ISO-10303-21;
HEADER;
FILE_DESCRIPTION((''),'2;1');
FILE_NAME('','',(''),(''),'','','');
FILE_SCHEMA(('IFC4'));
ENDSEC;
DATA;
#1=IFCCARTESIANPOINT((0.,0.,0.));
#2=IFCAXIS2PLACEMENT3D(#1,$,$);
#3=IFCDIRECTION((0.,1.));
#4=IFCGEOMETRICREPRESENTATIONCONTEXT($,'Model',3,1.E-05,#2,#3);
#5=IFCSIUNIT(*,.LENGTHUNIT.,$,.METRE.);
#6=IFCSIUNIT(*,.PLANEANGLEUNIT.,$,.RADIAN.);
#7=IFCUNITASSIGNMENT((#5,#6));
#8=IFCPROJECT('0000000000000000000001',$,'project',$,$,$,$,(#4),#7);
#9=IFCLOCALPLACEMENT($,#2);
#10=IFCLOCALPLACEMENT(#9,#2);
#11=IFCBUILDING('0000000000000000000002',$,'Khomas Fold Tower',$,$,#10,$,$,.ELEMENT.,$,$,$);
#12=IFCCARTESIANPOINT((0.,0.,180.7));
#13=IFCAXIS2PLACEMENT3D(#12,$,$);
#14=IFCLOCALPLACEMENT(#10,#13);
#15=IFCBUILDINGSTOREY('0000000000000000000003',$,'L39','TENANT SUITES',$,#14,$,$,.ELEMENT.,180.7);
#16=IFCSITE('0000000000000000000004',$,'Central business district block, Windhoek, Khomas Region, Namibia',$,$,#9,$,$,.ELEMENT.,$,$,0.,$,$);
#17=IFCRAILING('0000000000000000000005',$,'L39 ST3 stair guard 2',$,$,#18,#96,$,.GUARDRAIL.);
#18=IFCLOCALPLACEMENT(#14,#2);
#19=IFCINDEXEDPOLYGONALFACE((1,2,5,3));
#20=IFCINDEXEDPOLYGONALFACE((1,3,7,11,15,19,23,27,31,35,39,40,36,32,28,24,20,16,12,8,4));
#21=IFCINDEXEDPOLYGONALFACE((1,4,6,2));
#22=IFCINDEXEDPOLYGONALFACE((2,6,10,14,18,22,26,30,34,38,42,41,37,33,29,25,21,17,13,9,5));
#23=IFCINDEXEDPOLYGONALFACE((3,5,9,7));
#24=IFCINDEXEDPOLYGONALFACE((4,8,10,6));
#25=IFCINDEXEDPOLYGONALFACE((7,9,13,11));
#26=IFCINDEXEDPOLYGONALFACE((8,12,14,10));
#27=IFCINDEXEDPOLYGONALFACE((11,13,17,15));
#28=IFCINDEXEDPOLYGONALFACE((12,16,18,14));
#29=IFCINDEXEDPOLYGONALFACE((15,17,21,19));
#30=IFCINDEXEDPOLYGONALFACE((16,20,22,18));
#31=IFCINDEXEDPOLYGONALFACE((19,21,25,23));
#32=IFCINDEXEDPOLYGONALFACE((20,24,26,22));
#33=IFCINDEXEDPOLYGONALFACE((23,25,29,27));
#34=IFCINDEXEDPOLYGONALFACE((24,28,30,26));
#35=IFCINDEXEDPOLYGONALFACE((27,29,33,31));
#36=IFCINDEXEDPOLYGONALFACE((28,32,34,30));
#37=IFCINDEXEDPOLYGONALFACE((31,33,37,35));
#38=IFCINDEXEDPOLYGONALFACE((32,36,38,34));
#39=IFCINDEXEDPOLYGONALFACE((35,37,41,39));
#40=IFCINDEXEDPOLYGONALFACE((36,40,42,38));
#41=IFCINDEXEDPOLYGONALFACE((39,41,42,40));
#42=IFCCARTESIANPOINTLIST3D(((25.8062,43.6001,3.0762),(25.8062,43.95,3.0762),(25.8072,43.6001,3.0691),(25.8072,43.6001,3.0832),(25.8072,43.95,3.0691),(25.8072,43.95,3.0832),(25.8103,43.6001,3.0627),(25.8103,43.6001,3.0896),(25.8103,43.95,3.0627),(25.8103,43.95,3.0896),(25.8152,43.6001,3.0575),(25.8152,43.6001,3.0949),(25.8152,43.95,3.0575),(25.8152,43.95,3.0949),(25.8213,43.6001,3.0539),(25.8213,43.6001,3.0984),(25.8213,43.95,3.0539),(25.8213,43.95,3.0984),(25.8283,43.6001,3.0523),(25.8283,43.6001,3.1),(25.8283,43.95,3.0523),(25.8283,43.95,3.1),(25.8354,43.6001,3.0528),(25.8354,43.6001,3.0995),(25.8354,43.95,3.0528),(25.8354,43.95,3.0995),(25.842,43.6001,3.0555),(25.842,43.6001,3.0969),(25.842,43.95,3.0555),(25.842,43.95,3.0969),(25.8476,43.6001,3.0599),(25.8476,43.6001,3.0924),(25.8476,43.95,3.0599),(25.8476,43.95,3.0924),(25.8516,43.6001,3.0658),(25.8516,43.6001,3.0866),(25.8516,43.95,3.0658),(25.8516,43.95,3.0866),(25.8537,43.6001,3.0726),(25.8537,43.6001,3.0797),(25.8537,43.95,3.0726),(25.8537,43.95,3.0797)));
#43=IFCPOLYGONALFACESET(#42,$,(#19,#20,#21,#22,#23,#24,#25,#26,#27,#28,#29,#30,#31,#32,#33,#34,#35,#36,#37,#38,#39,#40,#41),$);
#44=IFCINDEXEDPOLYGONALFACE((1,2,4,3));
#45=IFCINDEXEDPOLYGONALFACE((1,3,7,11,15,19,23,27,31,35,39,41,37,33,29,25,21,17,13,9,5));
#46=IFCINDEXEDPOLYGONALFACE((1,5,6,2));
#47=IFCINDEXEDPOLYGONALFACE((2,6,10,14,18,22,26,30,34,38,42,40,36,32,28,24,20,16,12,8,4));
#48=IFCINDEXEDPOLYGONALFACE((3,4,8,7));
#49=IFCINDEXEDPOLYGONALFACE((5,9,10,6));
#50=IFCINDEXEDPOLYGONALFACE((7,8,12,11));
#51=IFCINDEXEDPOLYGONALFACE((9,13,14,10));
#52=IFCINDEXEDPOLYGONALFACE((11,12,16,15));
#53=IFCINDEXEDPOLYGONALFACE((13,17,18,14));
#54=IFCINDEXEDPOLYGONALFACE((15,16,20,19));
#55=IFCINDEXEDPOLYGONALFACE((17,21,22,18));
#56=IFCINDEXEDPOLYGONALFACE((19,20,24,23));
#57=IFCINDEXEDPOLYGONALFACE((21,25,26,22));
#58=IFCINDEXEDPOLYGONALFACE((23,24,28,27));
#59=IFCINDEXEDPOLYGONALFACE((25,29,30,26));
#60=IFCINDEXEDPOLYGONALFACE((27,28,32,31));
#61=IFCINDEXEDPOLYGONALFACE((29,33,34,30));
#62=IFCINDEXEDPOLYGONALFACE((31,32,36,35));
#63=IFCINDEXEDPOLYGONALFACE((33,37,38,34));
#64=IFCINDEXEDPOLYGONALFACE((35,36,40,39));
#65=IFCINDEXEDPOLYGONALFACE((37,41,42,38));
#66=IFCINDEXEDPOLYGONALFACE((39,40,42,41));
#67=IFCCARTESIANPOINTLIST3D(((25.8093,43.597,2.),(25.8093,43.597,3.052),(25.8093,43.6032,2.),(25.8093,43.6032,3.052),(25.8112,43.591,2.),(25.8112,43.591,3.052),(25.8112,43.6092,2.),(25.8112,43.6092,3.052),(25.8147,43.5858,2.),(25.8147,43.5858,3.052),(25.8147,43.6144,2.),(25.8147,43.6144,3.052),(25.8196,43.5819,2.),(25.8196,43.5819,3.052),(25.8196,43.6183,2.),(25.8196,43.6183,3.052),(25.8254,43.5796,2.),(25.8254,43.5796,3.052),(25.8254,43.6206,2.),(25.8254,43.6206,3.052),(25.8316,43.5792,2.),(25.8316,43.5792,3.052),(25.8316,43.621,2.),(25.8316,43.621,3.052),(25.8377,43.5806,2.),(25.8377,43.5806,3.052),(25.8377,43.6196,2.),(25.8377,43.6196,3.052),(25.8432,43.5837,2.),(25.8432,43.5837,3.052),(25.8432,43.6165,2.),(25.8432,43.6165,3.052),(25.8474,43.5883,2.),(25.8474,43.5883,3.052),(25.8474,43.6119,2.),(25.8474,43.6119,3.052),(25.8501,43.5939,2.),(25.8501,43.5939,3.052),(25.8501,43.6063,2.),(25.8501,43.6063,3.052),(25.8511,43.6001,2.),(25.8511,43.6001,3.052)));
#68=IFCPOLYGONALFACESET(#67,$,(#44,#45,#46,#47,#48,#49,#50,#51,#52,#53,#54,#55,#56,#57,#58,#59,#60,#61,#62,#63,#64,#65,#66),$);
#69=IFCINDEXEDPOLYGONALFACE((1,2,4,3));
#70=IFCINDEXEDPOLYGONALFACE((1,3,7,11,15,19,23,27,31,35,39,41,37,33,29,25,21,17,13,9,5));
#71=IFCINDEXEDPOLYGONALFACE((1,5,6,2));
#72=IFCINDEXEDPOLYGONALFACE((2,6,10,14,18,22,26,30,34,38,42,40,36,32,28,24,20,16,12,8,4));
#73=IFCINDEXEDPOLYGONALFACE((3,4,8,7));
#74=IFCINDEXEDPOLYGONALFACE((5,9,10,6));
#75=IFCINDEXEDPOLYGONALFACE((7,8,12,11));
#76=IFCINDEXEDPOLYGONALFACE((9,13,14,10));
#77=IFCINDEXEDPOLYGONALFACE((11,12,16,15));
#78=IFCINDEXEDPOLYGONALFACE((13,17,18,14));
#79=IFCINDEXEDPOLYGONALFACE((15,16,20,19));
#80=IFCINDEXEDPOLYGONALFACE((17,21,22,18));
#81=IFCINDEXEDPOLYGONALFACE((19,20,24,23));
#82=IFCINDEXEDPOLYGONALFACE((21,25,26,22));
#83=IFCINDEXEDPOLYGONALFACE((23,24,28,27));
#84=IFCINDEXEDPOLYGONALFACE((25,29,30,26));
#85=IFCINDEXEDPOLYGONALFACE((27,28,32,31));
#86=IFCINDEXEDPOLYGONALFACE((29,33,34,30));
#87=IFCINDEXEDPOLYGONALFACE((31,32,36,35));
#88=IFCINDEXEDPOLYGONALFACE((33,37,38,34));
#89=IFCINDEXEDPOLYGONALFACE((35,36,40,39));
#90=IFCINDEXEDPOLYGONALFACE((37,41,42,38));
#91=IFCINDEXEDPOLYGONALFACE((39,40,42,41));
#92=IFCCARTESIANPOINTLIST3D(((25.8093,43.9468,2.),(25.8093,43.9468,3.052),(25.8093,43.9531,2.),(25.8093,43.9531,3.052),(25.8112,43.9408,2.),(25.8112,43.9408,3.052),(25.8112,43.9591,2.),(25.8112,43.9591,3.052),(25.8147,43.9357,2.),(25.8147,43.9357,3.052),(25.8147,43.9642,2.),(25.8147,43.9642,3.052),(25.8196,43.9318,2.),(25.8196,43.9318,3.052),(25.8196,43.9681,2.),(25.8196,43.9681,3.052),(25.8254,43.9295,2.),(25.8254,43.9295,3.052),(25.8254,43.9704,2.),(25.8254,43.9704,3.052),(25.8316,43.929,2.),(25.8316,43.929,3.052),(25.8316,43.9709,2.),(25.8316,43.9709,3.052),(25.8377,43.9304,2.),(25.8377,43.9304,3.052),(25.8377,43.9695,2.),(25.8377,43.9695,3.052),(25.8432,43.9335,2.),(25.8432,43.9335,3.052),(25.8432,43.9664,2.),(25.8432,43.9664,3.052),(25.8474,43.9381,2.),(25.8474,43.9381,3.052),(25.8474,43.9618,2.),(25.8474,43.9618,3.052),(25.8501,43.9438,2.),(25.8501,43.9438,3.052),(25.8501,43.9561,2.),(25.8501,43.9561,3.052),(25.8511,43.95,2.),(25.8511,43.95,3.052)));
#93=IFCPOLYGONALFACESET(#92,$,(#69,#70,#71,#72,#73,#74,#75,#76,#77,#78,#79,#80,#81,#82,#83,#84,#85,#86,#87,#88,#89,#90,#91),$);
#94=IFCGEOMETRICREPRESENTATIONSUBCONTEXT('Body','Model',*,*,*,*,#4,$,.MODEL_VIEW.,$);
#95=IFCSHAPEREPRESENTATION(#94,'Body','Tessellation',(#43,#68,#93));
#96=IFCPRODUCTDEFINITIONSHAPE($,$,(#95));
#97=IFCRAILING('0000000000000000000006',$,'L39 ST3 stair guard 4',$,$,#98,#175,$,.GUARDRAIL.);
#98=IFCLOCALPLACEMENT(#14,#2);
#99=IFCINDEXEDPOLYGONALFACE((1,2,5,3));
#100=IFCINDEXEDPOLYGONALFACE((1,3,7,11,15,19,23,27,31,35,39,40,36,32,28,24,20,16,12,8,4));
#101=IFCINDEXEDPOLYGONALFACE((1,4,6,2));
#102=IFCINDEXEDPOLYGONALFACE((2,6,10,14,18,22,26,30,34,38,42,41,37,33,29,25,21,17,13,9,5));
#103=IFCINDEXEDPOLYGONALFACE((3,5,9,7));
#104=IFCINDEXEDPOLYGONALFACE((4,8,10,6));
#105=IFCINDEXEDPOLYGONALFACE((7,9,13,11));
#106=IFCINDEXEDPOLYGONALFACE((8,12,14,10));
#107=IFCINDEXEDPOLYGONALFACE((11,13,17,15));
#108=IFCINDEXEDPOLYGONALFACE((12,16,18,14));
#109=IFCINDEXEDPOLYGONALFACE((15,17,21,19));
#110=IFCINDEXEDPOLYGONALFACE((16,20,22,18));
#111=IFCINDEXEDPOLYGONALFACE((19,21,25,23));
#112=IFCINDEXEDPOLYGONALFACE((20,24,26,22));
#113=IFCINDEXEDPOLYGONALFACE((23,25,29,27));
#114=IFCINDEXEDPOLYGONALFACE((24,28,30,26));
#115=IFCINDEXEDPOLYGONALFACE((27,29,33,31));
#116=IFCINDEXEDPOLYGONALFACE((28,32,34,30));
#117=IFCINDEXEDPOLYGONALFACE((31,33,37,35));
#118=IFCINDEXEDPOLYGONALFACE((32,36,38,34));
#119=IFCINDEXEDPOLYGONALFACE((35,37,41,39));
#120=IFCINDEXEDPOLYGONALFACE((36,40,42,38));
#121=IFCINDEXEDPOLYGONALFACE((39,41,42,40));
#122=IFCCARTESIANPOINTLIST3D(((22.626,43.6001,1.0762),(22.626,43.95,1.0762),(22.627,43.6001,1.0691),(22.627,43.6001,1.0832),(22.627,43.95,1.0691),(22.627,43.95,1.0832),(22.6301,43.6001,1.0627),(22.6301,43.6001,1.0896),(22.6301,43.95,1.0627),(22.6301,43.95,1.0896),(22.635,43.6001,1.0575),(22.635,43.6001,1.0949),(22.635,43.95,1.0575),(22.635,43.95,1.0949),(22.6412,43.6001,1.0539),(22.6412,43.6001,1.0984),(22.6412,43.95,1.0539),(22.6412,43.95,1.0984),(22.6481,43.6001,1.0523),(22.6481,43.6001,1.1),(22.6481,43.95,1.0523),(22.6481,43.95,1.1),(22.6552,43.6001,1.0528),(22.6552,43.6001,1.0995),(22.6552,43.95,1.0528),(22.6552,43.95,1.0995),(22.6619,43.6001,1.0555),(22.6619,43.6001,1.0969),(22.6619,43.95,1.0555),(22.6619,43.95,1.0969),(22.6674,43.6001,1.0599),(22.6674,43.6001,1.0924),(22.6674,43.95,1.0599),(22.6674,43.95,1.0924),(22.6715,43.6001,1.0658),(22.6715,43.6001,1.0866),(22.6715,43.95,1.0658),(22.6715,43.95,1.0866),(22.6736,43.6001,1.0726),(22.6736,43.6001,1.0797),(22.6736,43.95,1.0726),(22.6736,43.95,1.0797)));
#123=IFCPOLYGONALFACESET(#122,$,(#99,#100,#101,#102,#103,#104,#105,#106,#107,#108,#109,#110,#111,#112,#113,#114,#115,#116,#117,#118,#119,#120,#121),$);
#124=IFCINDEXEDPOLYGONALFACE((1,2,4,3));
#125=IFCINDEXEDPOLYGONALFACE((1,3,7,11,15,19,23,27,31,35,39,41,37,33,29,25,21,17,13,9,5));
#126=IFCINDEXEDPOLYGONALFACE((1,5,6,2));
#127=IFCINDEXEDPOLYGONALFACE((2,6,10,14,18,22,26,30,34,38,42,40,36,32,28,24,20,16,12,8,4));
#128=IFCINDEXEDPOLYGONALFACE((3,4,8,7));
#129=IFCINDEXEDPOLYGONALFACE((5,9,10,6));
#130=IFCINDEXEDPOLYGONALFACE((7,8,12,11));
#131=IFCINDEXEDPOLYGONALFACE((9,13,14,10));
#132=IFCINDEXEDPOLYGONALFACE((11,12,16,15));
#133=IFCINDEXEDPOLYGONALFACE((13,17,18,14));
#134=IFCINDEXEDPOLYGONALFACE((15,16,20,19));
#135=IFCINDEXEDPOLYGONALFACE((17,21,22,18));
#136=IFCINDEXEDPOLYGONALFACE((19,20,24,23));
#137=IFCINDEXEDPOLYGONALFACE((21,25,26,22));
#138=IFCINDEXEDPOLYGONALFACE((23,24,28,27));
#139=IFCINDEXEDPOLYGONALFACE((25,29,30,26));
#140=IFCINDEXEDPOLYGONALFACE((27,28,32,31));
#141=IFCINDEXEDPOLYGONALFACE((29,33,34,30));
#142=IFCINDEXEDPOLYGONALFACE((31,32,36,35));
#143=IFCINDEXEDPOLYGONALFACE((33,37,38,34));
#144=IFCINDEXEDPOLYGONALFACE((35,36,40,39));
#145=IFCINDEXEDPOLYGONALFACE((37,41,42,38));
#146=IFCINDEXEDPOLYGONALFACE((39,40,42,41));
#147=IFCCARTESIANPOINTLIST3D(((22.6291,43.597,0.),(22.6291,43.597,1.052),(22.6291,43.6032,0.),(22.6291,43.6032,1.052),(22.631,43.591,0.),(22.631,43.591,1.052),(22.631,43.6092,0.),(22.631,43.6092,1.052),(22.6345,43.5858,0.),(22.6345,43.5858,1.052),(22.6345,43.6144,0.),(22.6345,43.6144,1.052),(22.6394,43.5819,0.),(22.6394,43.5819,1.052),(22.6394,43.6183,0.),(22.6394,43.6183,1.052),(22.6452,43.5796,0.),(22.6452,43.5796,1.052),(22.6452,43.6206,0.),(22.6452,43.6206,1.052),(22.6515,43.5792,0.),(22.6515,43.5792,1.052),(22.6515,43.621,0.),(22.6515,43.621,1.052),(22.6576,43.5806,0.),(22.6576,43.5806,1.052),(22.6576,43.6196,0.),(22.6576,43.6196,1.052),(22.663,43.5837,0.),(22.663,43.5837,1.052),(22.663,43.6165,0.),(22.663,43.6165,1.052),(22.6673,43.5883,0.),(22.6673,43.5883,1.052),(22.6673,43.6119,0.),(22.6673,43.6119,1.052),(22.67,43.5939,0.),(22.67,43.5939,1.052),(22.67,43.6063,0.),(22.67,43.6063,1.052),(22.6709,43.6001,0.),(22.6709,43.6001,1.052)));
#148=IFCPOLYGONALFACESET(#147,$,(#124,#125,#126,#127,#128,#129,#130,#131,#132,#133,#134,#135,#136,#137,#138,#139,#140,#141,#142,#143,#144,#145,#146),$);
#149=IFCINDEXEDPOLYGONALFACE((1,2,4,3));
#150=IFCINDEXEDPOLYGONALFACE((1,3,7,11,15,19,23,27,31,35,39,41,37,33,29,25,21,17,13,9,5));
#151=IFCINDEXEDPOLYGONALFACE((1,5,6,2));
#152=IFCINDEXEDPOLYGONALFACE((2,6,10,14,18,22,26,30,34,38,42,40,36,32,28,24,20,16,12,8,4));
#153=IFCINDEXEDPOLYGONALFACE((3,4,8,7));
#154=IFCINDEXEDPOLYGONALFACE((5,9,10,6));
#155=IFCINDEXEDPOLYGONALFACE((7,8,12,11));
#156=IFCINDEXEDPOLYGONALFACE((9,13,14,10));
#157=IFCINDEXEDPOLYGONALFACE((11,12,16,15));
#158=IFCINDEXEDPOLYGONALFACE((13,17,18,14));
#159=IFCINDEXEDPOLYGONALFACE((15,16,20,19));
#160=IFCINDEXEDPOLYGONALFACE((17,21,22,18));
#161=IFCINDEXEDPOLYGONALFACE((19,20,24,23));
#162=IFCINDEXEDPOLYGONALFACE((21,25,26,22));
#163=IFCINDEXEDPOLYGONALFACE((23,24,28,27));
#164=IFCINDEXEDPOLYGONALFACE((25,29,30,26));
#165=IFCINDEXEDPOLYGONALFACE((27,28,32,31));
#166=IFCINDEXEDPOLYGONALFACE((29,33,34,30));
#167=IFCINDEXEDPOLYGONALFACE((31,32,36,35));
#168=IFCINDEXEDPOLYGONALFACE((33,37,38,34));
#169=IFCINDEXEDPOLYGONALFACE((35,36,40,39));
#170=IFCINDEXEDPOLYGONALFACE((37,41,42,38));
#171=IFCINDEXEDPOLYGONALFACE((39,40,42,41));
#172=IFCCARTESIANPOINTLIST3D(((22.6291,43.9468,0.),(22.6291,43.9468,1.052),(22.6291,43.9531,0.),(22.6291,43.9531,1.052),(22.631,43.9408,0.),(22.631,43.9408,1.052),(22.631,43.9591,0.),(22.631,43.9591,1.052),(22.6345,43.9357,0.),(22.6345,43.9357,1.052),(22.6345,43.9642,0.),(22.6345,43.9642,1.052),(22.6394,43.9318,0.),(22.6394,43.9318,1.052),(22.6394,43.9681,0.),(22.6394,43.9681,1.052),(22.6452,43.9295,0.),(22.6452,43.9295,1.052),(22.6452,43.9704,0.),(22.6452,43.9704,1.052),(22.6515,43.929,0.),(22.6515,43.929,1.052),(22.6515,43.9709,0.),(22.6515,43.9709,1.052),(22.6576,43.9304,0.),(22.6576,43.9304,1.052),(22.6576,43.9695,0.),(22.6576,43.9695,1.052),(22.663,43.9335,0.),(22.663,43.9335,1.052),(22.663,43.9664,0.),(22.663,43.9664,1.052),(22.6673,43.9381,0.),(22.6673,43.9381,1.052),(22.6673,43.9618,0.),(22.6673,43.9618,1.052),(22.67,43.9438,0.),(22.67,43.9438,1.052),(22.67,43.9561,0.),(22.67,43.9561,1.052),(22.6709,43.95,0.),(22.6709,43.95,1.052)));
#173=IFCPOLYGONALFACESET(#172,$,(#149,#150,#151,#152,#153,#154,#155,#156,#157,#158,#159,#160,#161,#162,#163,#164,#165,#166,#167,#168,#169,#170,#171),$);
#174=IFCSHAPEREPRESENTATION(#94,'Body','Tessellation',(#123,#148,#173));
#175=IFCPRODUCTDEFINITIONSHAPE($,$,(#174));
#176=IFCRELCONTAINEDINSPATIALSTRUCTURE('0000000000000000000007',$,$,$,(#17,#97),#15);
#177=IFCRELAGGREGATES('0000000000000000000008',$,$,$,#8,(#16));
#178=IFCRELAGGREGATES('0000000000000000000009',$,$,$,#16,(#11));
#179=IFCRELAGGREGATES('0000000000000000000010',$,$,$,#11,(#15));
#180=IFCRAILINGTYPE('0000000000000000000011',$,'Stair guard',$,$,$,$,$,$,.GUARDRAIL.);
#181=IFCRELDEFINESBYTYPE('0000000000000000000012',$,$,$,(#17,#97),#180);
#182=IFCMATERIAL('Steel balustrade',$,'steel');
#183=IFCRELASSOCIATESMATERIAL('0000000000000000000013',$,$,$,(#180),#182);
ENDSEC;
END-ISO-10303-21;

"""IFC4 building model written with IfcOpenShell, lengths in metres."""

from ifc_helpers import new_model, si_unit, direction, frame, origin, origin_2d, place, context, subcontext, project, spatial, circle, extrude, source, transform, mapped, material, type_object, element, save


model = new_model("IFC4")

# Units and contexts
model_context = context("Model", 3, precision=1e-05, world=origin(), true_north=direction((0.0, 1.0)))
body_context = subcontext(model_context, "Body", "Model", "MODEL_VIEW")
ifc_project = project(units=[si_unit("LENGTHUNIT", "METRE"), si_unit("PLANEANGLEUNIT", "RADIAN")], contexts=[model_context])

# Site, building, storey
site_placement = place(None, origin())
site = spatial("IfcSite", under=ifc_project, at=site_placement, Name="Central business district block, Windhoek, Khomas Region, Namibia", CompositionType="ELEMENT", RefElevation=0.0)
building_placement = place(site_placement, origin())
building = spatial("IfcBuilding", under=site, at=building_placement, Name="Khomas Fold Tower", CompositionType="ELEMENT")
storey_placement = place(building_placement, frame((0.0, 0.0, 180.7)))
storey = spatial("IfcBuildingStorey", under=building, at=storey_placement, Name="L39", Description="TENANT SUITES", CompositionType="ELEMENT", Elevation=180.7)

# Railings
ifc_material_1 = material(Name="Steel balustrade", Category="steel")
railing_type_1 = type_object("IfcRailingType", Name="Stair guard", PredefinedType="GUARDRAIL", material=ifc_material_1)
shared_shape_1 = source(origin(), body_context, "Body", "SweptSolid", [
    extrude(circle(Radius=0.0239, at=origin_2d()), frame((0.0, 0.0, 1.0762), z_axis=(0.0, 1.0, 0.0), x_axis=(-1.0, 0.0, 0.0)), (0.0, 0.0, 1.0), 0.3499),
    extrude(circle(Radius=0.021, at=origin_2d()), origin(), (0.0, 0.0, 1.0), 1.052),
    extrude(circle(Radius=0.021, at=origin_2d()), frame((0.0, 0.3499, 0.0)), (0.0, 0.0, 1.0), 1.052),
])
for number, where, name in (
    (1, (25.8301, 43.6001, 2.0), "L39 ST3 stair guard 2"),
    (2, (22.6499, 43.6001, 0.0), "L39 ST3 stair guard 4"),
):
    element("IfcRailing", number, at=place(storey_placement, frame(where)), inside=storey, type_object=railing_type_1, Name=name, PredefinedType="GUARDRAIL", context=body_context, shape_type="MappedRepresentation", body=[
        mapped(shared_shape_1, transform((0.0, 0.0, 0.0))),
    ])

save(model, "model.ifc")
